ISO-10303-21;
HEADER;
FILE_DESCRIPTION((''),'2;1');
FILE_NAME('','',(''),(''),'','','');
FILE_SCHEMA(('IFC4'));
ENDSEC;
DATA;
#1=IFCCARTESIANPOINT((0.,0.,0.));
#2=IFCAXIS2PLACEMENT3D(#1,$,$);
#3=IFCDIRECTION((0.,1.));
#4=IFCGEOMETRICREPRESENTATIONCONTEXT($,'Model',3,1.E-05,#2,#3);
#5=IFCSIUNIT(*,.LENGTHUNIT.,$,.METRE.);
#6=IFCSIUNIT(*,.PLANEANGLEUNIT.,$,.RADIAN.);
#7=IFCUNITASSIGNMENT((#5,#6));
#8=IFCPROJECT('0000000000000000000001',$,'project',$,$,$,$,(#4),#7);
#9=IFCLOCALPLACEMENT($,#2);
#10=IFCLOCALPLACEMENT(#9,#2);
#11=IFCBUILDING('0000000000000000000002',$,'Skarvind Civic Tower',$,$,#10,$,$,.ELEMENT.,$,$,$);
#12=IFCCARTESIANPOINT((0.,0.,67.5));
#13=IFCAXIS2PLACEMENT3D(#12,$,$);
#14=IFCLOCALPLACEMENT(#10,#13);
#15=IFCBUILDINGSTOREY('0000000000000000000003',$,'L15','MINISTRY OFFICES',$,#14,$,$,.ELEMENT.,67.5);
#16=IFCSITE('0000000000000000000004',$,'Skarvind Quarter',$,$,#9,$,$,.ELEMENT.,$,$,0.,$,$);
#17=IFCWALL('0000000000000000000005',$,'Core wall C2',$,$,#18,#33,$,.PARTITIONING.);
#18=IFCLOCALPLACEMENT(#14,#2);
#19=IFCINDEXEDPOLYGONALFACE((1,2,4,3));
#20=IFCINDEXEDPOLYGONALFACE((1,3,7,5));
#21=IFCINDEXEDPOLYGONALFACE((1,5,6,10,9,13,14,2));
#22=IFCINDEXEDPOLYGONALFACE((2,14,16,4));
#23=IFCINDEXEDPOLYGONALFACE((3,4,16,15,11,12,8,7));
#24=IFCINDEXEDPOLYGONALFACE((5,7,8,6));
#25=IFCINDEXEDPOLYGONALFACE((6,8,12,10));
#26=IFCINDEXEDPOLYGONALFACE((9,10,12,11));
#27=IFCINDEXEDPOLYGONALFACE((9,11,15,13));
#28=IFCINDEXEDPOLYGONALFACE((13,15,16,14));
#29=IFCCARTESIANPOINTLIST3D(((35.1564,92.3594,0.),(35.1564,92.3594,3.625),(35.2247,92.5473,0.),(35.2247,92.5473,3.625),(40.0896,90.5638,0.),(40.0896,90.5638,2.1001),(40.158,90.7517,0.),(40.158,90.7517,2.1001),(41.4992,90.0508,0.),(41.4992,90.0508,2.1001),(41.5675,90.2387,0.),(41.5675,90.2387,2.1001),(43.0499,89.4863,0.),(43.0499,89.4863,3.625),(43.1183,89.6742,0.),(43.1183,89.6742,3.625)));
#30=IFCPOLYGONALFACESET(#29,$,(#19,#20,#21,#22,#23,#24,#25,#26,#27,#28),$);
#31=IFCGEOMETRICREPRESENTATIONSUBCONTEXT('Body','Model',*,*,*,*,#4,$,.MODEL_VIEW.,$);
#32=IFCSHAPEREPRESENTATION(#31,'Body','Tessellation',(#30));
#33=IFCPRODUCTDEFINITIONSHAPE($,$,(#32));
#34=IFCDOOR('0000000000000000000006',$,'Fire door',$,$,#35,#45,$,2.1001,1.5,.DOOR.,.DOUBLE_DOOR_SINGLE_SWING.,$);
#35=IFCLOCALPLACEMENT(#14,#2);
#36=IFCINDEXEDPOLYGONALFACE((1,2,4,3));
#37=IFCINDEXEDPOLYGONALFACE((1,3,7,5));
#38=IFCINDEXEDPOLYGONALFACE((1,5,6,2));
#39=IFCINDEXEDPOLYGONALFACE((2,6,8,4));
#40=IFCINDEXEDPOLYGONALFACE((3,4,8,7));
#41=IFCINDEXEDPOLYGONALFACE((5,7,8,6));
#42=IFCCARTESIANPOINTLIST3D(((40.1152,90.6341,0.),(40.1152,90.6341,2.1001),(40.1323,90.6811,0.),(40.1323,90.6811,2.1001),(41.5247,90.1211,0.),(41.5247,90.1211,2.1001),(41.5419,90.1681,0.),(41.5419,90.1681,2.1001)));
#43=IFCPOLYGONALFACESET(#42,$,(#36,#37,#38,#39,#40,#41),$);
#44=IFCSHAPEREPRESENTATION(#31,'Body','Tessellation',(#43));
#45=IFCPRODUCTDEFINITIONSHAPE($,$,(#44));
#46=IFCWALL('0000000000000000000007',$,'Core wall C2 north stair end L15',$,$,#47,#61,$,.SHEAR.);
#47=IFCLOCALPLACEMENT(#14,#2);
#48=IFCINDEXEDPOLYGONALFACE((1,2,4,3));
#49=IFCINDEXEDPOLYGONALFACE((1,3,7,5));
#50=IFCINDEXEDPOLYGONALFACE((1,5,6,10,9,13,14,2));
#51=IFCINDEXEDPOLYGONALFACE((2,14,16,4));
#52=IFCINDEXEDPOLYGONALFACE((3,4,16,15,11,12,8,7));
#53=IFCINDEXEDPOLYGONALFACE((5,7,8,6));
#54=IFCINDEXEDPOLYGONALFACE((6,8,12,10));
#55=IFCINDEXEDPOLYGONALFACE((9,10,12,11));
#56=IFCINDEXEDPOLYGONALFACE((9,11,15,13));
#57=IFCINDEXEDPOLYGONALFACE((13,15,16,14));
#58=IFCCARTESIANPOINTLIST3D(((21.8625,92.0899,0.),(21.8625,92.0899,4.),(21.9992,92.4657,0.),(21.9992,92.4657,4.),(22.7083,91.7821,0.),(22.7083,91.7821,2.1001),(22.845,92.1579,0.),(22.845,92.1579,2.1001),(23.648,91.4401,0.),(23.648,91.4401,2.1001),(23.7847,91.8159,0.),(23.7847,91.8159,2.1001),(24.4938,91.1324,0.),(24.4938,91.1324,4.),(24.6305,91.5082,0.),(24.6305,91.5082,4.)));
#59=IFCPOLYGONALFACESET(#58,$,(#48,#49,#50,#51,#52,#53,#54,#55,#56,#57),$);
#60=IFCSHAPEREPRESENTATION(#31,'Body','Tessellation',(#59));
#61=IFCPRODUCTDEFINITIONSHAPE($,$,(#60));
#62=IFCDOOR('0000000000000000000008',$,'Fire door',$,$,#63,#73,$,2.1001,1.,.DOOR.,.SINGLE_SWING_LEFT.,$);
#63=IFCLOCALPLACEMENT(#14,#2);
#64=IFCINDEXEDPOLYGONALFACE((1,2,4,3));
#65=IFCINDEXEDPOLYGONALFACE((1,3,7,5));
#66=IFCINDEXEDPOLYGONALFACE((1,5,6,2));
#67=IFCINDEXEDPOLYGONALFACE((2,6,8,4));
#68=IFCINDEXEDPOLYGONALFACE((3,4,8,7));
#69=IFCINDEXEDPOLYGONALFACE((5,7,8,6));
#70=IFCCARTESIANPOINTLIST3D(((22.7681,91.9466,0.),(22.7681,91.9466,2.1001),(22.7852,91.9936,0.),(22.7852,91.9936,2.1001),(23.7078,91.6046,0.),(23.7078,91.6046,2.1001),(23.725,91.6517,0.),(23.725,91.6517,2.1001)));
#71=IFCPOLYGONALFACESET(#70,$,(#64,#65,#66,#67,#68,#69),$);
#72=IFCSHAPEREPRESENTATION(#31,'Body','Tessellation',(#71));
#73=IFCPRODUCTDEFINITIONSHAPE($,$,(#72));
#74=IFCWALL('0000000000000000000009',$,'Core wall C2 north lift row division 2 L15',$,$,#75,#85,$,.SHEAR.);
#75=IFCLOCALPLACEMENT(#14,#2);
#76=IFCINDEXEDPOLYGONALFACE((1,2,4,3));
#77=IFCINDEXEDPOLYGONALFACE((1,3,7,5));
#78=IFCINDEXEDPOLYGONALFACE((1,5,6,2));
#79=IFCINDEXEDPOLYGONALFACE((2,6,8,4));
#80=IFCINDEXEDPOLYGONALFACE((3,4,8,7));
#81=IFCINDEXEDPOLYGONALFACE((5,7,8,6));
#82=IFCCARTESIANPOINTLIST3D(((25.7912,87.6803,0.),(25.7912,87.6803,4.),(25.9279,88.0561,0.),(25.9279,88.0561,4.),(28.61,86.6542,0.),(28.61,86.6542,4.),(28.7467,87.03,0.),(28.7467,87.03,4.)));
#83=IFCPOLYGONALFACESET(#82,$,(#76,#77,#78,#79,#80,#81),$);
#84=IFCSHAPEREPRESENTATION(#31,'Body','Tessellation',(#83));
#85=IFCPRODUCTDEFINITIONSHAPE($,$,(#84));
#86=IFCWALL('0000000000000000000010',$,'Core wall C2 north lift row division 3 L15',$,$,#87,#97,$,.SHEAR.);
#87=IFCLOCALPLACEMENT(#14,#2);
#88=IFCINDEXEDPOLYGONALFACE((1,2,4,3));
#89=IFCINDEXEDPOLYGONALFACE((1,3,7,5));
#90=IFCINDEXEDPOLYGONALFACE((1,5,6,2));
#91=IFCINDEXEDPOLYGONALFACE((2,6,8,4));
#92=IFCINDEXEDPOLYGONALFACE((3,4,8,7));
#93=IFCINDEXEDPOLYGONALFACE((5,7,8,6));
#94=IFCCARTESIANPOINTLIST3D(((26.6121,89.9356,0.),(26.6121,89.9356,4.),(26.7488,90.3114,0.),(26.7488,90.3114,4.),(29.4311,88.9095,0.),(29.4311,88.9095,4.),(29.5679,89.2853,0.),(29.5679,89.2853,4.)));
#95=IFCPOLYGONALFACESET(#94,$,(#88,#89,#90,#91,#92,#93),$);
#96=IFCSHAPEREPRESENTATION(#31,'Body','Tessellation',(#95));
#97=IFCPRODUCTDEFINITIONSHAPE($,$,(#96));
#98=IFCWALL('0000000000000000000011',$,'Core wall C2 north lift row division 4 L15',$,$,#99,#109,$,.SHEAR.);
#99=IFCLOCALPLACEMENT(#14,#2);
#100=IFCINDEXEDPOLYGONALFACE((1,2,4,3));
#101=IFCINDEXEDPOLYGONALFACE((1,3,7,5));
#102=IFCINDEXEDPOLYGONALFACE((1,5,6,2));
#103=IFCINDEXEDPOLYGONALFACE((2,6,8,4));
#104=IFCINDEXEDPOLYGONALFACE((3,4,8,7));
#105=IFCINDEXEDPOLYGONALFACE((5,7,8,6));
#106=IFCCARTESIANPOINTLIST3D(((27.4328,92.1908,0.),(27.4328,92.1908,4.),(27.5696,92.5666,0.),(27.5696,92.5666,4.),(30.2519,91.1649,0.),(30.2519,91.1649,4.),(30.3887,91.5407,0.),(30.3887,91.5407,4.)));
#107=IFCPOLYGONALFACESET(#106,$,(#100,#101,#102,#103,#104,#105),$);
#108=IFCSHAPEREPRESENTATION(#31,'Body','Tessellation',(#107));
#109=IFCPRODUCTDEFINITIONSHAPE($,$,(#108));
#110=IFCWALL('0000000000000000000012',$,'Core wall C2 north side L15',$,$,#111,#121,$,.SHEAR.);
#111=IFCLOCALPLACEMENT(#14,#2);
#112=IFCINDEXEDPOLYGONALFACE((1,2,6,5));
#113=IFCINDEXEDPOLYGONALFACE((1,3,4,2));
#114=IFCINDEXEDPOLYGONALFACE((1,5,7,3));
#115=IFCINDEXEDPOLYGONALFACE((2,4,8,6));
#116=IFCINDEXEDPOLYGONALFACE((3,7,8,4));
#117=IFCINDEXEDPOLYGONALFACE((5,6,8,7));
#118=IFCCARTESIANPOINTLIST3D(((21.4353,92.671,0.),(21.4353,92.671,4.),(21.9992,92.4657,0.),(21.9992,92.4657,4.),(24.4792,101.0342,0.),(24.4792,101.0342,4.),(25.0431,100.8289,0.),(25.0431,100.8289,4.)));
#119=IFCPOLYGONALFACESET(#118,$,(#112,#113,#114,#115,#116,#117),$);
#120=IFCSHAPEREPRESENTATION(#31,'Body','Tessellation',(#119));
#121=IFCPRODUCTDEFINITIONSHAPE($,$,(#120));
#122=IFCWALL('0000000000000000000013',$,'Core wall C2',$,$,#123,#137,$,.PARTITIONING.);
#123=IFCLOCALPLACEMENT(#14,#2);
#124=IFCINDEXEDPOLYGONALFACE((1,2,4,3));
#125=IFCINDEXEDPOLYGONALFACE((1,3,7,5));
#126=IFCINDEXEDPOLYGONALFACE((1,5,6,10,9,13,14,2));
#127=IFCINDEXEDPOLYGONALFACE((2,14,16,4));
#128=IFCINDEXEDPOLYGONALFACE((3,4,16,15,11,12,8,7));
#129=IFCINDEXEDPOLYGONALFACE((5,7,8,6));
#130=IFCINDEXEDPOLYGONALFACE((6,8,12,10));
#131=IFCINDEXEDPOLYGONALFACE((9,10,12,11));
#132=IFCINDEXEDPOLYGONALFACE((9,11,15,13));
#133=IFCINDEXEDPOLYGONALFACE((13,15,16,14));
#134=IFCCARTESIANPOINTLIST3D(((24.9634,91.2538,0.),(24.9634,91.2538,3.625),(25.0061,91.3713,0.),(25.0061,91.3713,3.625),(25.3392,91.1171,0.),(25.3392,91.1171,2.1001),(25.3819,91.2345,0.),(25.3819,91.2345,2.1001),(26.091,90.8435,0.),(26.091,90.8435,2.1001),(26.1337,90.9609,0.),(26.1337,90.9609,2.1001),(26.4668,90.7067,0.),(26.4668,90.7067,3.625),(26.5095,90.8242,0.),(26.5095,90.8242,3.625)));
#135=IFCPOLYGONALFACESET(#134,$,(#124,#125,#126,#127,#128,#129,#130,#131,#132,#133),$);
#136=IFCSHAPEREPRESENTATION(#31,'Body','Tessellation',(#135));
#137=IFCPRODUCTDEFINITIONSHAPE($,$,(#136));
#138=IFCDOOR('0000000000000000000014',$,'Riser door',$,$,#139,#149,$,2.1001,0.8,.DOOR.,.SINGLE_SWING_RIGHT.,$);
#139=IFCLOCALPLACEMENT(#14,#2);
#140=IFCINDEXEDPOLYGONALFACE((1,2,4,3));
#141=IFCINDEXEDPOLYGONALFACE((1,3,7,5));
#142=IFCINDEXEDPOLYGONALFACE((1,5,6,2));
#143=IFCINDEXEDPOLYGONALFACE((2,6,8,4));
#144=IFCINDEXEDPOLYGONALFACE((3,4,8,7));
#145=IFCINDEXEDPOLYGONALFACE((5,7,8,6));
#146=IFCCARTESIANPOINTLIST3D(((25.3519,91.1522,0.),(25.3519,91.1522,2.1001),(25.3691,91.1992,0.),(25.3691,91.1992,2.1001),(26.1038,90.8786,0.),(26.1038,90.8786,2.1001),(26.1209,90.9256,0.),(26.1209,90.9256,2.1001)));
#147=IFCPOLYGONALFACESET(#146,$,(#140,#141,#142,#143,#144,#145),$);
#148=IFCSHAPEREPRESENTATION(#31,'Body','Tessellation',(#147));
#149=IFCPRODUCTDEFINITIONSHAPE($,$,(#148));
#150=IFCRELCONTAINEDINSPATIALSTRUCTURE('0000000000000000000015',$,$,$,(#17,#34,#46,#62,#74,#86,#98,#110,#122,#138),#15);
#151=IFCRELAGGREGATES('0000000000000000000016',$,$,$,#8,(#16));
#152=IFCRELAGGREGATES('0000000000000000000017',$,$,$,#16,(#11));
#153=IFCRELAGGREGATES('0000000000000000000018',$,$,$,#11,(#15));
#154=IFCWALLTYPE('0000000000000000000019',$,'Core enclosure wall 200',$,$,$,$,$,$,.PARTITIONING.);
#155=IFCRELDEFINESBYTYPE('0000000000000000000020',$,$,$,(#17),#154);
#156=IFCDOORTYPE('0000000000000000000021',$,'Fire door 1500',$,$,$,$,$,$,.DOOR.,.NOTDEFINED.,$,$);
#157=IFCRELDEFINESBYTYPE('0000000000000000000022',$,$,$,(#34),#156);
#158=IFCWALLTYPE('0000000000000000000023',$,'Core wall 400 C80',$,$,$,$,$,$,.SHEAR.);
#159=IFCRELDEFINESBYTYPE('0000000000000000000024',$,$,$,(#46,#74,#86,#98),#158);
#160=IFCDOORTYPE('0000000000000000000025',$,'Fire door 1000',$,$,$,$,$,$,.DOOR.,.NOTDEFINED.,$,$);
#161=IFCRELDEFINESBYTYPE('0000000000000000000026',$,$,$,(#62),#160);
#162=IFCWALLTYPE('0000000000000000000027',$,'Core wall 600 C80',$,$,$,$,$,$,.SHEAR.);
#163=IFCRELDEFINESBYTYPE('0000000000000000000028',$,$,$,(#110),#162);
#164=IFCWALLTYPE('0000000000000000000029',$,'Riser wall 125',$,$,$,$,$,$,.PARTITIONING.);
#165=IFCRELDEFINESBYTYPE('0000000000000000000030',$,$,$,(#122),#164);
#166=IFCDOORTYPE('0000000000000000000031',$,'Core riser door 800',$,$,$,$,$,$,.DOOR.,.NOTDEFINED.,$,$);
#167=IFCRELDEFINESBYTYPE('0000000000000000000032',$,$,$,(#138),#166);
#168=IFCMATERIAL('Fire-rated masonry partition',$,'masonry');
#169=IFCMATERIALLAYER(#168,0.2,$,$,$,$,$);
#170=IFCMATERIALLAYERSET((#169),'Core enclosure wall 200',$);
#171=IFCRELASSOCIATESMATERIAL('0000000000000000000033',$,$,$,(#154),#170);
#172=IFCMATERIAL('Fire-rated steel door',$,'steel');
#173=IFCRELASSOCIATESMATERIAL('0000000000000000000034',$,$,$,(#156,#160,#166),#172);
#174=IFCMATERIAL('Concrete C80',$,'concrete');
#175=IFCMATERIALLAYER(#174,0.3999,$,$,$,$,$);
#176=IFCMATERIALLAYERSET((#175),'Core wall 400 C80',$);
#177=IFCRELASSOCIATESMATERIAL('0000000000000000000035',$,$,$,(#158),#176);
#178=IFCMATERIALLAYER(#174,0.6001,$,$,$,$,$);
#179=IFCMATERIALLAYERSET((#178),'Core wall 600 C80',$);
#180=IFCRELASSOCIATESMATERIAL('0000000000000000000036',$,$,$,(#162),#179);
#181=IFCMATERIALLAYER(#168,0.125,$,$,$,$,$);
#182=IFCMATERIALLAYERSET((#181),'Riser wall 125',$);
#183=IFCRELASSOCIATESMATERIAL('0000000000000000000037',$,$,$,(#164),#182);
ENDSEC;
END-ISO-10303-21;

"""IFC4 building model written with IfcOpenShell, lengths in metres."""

from ifc_helpers import new_model, si_unit, direction, frame, frame_2d, origin, place, context, subcontext, project, spatial, rectangle, extrude, material, layer, layer_set, type_object, element, fill, save


model = new_model("IFC4")

# Units and contexts
model_context = context("Model", 3, precision=1e-05, world=origin(), true_north=direction((0.0, 1.0)))
body_context = subcontext(model_context, "Body", "Model", "MODEL_VIEW")
ifc_project = project(units=[si_unit("LENGTHUNIT", "METRE"), si_unit("PLANEANGLEUNIT", "RADIAN")], contexts=[model_context])

# Site, building, storey
site_placement = place(None, origin())
site = spatial("IfcSite", under=ifc_project, at=site_placement, Name="Skarvind Quarter", CompositionType="ELEMENT", RefElevation=0.0)
building_placement = place(site_placement, origin())
building = spatial("IfcBuilding", under=site, at=building_placement, Name="Skarvind Civic Tower", CompositionType="ELEMENT")
storey_placement = place(building_placement, frame((0.0, 0.0, 67.5)))
storey = spatial("IfcBuildingStorey", under=building, at=storey_placement, Name="L15", Description="MINISTRY OFFICES", CompositionType="ELEMENT", Elevation=67.5)

# Walls, openings, doors
ifc_material_1 = material(Name="Fire-rated masonry partition", Category="masonry")
ifc_layer_1 = layer(ifc_material_1, 0.2)
ifc_layer_set_1 = layer_set([ifc_layer_1], Name="Core enclosure wall 200")
wall_type_1 = type_object("IfcWallType", Name="Core enclosure wall 200", PredefinedType="PARTITIONING", material=ifc_layer_set_1)
wall_1_placement = place(storey_placement, frame((35.1904, 92.4534, 0.0), z_axis=(0.0, 0.0, 1.0), x_axis=(0.939692, -0.342023, 0.0)))
wall_1 = element("IfcWall", 1, at=wall_1_placement, inside=storey, type_object=wall_type_1, Name="Core wall C2", PredefinedType="PARTITIONING", context=body_context, shape_type="SweptSolid", body=[
    extrude(rectangle(XDim=8.4001, YDim=0.2, at=frame_2d((4.2002, 0.0))), origin(), (0.0, 0.0, 1.0), 3.625),
])
opening_1_placement = place(wall_1_placement, frame((5.25, 0.0, 0.0)))
opening_1 = element("IfcOpeningElement", 2, at=opening_1_placement, cuts=wall_1, PredefinedType="OPENING", context=body_context, shape_type="SweptSolid", body=[
    extrude(rectangle(XDim=1.5, YDim=2.1001, at=frame_2d((0.75, 1.05))), frame((0.0, 0.1099, 0.0), z_axis=(0.0, -1.0, 0.0), x_axis=(1.0, 0.0, 0.0)), (0.0, 0.0, 1.0), 0.22),
])
ifc_material_2 = material(Name="Fire-rated steel door", Category="steel")
door_type_1 = type_object("IfcDoorType", Name="Fire door 1500", OperationType="NOTDEFINED", PredefinedType="DOOR", material=ifc_material_2)
door_1_placement = place(opening_1_placement, origin())
door_1 = element("IfcDoor", 3, at=door_1_placement, inside=storey, type_object=door_type_1, Name="Fire door", OperationType="DOUBLE_DOOR_SINGLE_SWING", OverallHeight=2.1001, OverallWidth=1.5, PredefinedType="DOOR", context=body_context, shape_type="SweptSolid", body=[
    extrude(rectangle(XDim=1.5, YDim=2.1001, at=frame_2d((0.75, 1.05))), frame((0.0, 0.0249, 0.0), z_axis=(0.0, -1.0, 0.0), x_axis=(1.0, 0.0, 0.0)), (0.0, 0.0, 1.0), 0.05),
])
fill(opening_1, door_1)
ifc_material_3 = material(Name="Concrete C80", Category="concrete")
ifc_layer_2 = layer(ifc_material_3, 0.3999)
ifc_layer_set_2 = layer_set([ifc_layer_2], Name="Core wall 400 C80")
wall_type_2 = type_object("IfcWallType", Name="Core wall 400 C80", PredefinedType="SHEAR", material=ifc_layer_set_2)
wall_2_placement = place(storey_placement, frame((24.562, 91.3203, 0.0), z_axis=(0.0, 0.0, 1.0), x_axis=(-0.939717, 0.341953, 0.0)))
wall_2 = element("IfcWall", 4, at=wall_2_placement, inside=storey, type_object=wall_type_2, Name="Core wall C2 north stair end L15", PredefinedType="SHEAR", context=body_context, shape_type="SweptSolid", body=[
    extrude(rectangle(XDim=2.8, YDim=0.3999, at=frame_2d((1.3999, 0.0))), origin(), (0.0, 0.0, 1.0), 4.0),
])
opening_2_placement = place(wall_2_placement, frame((0.8999, 0.0, 0.0)))
opening_2 = element("IfcOpeningElement", 5, at=opening_2_placement, cuts=wall_2, PredefinedType="OPENING", context=body_context, shape_type="SweptSolid", body=[
    extrude(rectangle(XDim=1.0, YDim=2.1001, at=frame_2d((0.5, 1.05))), frame((0.0, 0.21, 0.0), z_axis=(0.0, -1.0, 0.0), x_axis=(1.0, 0.0, 0.0)), (0.0, 0.0, 1.0), 0.4199),
])
door_type_2 = type_object("IfcDoorType", Name="Fire door 1000", OperationType="NOTDEFINED", PredefinedType="DOOR", material=ifc_material_2)
door_2_placement = place(opening_2_placement, origin())
door_2 = element("IfcDoor", 6, at=door_2_placement, inside=storey, type_object=door_type_2, Name="Fire door", OperationType="SINGLE_SWING_LEFT", OverallHeight=2.1001, OverallWidth=1.0, PredefinedType="DOOR", context=body_context, shape_type="SweptSolid", body=[
    extrude(rectangle(XDim=1.0, YDim=2.1001, at=frame_2d((0.5, 1.05))), frame((0.0, 0.0249, 0.0), z_axis=(0.0, -1.0, 0.0), x_axis=(1.0, 0.0, 0.0)), (0.0, 0.0, 1.0), 0.05),
])
fill(opening_2, door_2)

# Walls
wall_3_placement = place(storey_placement, frame((28.6785, 86.842, 0.0), z_axis=(0.0, 0.0, 1.0), x_axis=(-0.939677, 0.342063, 0.0)))
element("IfcWall", 7, at=wall_3_placement, inside=storey, type_object=wall_type_2, Name="Core wall C2 north lift row division 2 L15", PredefinedType="SHEAR", context=body_context, shape_type="SweptSolid", body=[
    extrude(rectangle(XDim=2.9998, YDim=0.3999, at=frame_2d((1.5, 0.0))), origin(), (0.0, 0.0, 1.0), 4.0),
])
for number, where, z_axis, x_axis, name in (
    (8, (29.4995, 89.0974, 0.0), (0.0, 0.0, 1.0), (-0.939686, 0.342037, 0.0), "Core wall C2 north lift row division 3 L15"),
    (9, (30.3203, 91.3528, 0.0), (0.0, 0.0, 1.0), (-0.939713, 0.341965, 0.0), "Core wall C2 north lift row division 4 L15"),
):
    element("IfcWall", number, at=place(storey_placement, frame(where, z_axis=z_axis, x_axis=x_axis)), inside=storey, type_object=wall_type_2, Name=name, PredefinedType="SHEAR", context=body_context, shape_type="SweptSolid", body=[
        extrude(rectangle(XDim=3.0, YDim=0.3999, at=frame_2d((1.5, 0.0))), origin(), (0.0, 0.0, 1.0), 4.0),
    ])
ifc_layer_3 = layer(ifc_material_3, 0.6001)
ifc_layer_set_3 = layer_set([ifc_layer_3], Name="Core wall 600 C80")
wall_type_3 = type_object("IfcWallType", Name="Core wall 600 C80", PredefinedType="SHEAR", material=ifc_layer_set_3)
wall_4_placement = place(storey_placement, frame((21.7173, 92.5684, 0.0), z_axis=(0.0, 0.0, 1.0), x_axis=(0.342016, 0.939694, 0.0)))
element("IfcWall", 10, at=wall_4_placement, inside=storey, type_object=wall_type_3, Name="Core wall C2 north side L15", PredefinedType="SHEAR", context=body_context, shape_type="SweptSolid", body=[
    extrude(rectangle(XDim=8.8999, YDim=0.6001, at=frame_2d((4.45, 0.0))), origin(), (0.0, 0.0, 1.0), 4.0),
])

# Wall, opening, door
ifc_layer_4 = layer(ifc_material_1, 0.125)
ifc_layer_set_4 = layer_set([ifc_layer_4], Name="Riser wall 125")
wall_type_4 = type_object("IfcWallType", Name="Riser wall 125", PredefinedType="PARTITIONING", material=ifc_layer_set_4)
wall_5_placement = place(storey_placement, frame((24.9849, 91.3125, 0.0), z_axis=(0.0, 0.0, 1.0), x_axis=(0.939709, -0.341976, 0.0)))
wall_5 = element("IfcWall", 11, at=wall_5_placement, inside=storey, type_object=wall_type_4, Name="Core wall C2", PredefinedType="PARTITIONING", context=body_context, shape_type="SweptSolid", body=[
    extrude(rectangle(XDim=1.5999, YDim=0.125, at=frame_2d((0.7998, 0.0))), origin(), (0.0, 0.0, 1.0), 3.625),
])
opening_3_placement = place(wall_5_placement, frame((0.3999, 0.0, 0.0)))
opening_3 = element("IfcOpeningElement", 12, at=opening_3_placement, cuts=wall_5, PredefinedType="OPENING", context=body_context, shape_type="SweptSolid", body=[
    extrude(rectangle(XDim=0.8, YDim=2.1001, at=frame_2d((0.3999, 1.05))), frame((0.0, 0.0725, 0.0), z_axis=(0.0, -1.0, 0.0), x_axis=(1.0, 0.0, 0.0)), (0.0, 0.0, 1.0), 0.145),
])
door_type_3 = type_object("IfcDoorType", Name="Core riser door 800", OperationType="NOTDEFINED", PredefinedType="DOOR", material=ifc_material_2)
door_3_placement = place(opening_3_placement, origin())
door_3 = element("IfcDoor", 13, at=door_3_placement, inside=storey, type_object=door_type_3, Name="Riser door", OperationType="SINGLE_SWING_RIGHT", OverallHeight=2.1001, OverallWidth=0.8, PredefinedType="DOOR", context=body_context, shape_type="SweptSolid", body=[
    extrude(rectangle(XDim=0.8, YDim=2.1001, at=frame_2d((0.3999, 1.05))), frame((0.0, 0.0249, 0.0), z_axis=(0.0, -1.0, 0.0), x_axis=(1.0, 0.0, 0.0)), (0.0, 0.0, 1.0), 0.05),
])
fill(opening_3, door_3)

save(model, "model.ifc")
